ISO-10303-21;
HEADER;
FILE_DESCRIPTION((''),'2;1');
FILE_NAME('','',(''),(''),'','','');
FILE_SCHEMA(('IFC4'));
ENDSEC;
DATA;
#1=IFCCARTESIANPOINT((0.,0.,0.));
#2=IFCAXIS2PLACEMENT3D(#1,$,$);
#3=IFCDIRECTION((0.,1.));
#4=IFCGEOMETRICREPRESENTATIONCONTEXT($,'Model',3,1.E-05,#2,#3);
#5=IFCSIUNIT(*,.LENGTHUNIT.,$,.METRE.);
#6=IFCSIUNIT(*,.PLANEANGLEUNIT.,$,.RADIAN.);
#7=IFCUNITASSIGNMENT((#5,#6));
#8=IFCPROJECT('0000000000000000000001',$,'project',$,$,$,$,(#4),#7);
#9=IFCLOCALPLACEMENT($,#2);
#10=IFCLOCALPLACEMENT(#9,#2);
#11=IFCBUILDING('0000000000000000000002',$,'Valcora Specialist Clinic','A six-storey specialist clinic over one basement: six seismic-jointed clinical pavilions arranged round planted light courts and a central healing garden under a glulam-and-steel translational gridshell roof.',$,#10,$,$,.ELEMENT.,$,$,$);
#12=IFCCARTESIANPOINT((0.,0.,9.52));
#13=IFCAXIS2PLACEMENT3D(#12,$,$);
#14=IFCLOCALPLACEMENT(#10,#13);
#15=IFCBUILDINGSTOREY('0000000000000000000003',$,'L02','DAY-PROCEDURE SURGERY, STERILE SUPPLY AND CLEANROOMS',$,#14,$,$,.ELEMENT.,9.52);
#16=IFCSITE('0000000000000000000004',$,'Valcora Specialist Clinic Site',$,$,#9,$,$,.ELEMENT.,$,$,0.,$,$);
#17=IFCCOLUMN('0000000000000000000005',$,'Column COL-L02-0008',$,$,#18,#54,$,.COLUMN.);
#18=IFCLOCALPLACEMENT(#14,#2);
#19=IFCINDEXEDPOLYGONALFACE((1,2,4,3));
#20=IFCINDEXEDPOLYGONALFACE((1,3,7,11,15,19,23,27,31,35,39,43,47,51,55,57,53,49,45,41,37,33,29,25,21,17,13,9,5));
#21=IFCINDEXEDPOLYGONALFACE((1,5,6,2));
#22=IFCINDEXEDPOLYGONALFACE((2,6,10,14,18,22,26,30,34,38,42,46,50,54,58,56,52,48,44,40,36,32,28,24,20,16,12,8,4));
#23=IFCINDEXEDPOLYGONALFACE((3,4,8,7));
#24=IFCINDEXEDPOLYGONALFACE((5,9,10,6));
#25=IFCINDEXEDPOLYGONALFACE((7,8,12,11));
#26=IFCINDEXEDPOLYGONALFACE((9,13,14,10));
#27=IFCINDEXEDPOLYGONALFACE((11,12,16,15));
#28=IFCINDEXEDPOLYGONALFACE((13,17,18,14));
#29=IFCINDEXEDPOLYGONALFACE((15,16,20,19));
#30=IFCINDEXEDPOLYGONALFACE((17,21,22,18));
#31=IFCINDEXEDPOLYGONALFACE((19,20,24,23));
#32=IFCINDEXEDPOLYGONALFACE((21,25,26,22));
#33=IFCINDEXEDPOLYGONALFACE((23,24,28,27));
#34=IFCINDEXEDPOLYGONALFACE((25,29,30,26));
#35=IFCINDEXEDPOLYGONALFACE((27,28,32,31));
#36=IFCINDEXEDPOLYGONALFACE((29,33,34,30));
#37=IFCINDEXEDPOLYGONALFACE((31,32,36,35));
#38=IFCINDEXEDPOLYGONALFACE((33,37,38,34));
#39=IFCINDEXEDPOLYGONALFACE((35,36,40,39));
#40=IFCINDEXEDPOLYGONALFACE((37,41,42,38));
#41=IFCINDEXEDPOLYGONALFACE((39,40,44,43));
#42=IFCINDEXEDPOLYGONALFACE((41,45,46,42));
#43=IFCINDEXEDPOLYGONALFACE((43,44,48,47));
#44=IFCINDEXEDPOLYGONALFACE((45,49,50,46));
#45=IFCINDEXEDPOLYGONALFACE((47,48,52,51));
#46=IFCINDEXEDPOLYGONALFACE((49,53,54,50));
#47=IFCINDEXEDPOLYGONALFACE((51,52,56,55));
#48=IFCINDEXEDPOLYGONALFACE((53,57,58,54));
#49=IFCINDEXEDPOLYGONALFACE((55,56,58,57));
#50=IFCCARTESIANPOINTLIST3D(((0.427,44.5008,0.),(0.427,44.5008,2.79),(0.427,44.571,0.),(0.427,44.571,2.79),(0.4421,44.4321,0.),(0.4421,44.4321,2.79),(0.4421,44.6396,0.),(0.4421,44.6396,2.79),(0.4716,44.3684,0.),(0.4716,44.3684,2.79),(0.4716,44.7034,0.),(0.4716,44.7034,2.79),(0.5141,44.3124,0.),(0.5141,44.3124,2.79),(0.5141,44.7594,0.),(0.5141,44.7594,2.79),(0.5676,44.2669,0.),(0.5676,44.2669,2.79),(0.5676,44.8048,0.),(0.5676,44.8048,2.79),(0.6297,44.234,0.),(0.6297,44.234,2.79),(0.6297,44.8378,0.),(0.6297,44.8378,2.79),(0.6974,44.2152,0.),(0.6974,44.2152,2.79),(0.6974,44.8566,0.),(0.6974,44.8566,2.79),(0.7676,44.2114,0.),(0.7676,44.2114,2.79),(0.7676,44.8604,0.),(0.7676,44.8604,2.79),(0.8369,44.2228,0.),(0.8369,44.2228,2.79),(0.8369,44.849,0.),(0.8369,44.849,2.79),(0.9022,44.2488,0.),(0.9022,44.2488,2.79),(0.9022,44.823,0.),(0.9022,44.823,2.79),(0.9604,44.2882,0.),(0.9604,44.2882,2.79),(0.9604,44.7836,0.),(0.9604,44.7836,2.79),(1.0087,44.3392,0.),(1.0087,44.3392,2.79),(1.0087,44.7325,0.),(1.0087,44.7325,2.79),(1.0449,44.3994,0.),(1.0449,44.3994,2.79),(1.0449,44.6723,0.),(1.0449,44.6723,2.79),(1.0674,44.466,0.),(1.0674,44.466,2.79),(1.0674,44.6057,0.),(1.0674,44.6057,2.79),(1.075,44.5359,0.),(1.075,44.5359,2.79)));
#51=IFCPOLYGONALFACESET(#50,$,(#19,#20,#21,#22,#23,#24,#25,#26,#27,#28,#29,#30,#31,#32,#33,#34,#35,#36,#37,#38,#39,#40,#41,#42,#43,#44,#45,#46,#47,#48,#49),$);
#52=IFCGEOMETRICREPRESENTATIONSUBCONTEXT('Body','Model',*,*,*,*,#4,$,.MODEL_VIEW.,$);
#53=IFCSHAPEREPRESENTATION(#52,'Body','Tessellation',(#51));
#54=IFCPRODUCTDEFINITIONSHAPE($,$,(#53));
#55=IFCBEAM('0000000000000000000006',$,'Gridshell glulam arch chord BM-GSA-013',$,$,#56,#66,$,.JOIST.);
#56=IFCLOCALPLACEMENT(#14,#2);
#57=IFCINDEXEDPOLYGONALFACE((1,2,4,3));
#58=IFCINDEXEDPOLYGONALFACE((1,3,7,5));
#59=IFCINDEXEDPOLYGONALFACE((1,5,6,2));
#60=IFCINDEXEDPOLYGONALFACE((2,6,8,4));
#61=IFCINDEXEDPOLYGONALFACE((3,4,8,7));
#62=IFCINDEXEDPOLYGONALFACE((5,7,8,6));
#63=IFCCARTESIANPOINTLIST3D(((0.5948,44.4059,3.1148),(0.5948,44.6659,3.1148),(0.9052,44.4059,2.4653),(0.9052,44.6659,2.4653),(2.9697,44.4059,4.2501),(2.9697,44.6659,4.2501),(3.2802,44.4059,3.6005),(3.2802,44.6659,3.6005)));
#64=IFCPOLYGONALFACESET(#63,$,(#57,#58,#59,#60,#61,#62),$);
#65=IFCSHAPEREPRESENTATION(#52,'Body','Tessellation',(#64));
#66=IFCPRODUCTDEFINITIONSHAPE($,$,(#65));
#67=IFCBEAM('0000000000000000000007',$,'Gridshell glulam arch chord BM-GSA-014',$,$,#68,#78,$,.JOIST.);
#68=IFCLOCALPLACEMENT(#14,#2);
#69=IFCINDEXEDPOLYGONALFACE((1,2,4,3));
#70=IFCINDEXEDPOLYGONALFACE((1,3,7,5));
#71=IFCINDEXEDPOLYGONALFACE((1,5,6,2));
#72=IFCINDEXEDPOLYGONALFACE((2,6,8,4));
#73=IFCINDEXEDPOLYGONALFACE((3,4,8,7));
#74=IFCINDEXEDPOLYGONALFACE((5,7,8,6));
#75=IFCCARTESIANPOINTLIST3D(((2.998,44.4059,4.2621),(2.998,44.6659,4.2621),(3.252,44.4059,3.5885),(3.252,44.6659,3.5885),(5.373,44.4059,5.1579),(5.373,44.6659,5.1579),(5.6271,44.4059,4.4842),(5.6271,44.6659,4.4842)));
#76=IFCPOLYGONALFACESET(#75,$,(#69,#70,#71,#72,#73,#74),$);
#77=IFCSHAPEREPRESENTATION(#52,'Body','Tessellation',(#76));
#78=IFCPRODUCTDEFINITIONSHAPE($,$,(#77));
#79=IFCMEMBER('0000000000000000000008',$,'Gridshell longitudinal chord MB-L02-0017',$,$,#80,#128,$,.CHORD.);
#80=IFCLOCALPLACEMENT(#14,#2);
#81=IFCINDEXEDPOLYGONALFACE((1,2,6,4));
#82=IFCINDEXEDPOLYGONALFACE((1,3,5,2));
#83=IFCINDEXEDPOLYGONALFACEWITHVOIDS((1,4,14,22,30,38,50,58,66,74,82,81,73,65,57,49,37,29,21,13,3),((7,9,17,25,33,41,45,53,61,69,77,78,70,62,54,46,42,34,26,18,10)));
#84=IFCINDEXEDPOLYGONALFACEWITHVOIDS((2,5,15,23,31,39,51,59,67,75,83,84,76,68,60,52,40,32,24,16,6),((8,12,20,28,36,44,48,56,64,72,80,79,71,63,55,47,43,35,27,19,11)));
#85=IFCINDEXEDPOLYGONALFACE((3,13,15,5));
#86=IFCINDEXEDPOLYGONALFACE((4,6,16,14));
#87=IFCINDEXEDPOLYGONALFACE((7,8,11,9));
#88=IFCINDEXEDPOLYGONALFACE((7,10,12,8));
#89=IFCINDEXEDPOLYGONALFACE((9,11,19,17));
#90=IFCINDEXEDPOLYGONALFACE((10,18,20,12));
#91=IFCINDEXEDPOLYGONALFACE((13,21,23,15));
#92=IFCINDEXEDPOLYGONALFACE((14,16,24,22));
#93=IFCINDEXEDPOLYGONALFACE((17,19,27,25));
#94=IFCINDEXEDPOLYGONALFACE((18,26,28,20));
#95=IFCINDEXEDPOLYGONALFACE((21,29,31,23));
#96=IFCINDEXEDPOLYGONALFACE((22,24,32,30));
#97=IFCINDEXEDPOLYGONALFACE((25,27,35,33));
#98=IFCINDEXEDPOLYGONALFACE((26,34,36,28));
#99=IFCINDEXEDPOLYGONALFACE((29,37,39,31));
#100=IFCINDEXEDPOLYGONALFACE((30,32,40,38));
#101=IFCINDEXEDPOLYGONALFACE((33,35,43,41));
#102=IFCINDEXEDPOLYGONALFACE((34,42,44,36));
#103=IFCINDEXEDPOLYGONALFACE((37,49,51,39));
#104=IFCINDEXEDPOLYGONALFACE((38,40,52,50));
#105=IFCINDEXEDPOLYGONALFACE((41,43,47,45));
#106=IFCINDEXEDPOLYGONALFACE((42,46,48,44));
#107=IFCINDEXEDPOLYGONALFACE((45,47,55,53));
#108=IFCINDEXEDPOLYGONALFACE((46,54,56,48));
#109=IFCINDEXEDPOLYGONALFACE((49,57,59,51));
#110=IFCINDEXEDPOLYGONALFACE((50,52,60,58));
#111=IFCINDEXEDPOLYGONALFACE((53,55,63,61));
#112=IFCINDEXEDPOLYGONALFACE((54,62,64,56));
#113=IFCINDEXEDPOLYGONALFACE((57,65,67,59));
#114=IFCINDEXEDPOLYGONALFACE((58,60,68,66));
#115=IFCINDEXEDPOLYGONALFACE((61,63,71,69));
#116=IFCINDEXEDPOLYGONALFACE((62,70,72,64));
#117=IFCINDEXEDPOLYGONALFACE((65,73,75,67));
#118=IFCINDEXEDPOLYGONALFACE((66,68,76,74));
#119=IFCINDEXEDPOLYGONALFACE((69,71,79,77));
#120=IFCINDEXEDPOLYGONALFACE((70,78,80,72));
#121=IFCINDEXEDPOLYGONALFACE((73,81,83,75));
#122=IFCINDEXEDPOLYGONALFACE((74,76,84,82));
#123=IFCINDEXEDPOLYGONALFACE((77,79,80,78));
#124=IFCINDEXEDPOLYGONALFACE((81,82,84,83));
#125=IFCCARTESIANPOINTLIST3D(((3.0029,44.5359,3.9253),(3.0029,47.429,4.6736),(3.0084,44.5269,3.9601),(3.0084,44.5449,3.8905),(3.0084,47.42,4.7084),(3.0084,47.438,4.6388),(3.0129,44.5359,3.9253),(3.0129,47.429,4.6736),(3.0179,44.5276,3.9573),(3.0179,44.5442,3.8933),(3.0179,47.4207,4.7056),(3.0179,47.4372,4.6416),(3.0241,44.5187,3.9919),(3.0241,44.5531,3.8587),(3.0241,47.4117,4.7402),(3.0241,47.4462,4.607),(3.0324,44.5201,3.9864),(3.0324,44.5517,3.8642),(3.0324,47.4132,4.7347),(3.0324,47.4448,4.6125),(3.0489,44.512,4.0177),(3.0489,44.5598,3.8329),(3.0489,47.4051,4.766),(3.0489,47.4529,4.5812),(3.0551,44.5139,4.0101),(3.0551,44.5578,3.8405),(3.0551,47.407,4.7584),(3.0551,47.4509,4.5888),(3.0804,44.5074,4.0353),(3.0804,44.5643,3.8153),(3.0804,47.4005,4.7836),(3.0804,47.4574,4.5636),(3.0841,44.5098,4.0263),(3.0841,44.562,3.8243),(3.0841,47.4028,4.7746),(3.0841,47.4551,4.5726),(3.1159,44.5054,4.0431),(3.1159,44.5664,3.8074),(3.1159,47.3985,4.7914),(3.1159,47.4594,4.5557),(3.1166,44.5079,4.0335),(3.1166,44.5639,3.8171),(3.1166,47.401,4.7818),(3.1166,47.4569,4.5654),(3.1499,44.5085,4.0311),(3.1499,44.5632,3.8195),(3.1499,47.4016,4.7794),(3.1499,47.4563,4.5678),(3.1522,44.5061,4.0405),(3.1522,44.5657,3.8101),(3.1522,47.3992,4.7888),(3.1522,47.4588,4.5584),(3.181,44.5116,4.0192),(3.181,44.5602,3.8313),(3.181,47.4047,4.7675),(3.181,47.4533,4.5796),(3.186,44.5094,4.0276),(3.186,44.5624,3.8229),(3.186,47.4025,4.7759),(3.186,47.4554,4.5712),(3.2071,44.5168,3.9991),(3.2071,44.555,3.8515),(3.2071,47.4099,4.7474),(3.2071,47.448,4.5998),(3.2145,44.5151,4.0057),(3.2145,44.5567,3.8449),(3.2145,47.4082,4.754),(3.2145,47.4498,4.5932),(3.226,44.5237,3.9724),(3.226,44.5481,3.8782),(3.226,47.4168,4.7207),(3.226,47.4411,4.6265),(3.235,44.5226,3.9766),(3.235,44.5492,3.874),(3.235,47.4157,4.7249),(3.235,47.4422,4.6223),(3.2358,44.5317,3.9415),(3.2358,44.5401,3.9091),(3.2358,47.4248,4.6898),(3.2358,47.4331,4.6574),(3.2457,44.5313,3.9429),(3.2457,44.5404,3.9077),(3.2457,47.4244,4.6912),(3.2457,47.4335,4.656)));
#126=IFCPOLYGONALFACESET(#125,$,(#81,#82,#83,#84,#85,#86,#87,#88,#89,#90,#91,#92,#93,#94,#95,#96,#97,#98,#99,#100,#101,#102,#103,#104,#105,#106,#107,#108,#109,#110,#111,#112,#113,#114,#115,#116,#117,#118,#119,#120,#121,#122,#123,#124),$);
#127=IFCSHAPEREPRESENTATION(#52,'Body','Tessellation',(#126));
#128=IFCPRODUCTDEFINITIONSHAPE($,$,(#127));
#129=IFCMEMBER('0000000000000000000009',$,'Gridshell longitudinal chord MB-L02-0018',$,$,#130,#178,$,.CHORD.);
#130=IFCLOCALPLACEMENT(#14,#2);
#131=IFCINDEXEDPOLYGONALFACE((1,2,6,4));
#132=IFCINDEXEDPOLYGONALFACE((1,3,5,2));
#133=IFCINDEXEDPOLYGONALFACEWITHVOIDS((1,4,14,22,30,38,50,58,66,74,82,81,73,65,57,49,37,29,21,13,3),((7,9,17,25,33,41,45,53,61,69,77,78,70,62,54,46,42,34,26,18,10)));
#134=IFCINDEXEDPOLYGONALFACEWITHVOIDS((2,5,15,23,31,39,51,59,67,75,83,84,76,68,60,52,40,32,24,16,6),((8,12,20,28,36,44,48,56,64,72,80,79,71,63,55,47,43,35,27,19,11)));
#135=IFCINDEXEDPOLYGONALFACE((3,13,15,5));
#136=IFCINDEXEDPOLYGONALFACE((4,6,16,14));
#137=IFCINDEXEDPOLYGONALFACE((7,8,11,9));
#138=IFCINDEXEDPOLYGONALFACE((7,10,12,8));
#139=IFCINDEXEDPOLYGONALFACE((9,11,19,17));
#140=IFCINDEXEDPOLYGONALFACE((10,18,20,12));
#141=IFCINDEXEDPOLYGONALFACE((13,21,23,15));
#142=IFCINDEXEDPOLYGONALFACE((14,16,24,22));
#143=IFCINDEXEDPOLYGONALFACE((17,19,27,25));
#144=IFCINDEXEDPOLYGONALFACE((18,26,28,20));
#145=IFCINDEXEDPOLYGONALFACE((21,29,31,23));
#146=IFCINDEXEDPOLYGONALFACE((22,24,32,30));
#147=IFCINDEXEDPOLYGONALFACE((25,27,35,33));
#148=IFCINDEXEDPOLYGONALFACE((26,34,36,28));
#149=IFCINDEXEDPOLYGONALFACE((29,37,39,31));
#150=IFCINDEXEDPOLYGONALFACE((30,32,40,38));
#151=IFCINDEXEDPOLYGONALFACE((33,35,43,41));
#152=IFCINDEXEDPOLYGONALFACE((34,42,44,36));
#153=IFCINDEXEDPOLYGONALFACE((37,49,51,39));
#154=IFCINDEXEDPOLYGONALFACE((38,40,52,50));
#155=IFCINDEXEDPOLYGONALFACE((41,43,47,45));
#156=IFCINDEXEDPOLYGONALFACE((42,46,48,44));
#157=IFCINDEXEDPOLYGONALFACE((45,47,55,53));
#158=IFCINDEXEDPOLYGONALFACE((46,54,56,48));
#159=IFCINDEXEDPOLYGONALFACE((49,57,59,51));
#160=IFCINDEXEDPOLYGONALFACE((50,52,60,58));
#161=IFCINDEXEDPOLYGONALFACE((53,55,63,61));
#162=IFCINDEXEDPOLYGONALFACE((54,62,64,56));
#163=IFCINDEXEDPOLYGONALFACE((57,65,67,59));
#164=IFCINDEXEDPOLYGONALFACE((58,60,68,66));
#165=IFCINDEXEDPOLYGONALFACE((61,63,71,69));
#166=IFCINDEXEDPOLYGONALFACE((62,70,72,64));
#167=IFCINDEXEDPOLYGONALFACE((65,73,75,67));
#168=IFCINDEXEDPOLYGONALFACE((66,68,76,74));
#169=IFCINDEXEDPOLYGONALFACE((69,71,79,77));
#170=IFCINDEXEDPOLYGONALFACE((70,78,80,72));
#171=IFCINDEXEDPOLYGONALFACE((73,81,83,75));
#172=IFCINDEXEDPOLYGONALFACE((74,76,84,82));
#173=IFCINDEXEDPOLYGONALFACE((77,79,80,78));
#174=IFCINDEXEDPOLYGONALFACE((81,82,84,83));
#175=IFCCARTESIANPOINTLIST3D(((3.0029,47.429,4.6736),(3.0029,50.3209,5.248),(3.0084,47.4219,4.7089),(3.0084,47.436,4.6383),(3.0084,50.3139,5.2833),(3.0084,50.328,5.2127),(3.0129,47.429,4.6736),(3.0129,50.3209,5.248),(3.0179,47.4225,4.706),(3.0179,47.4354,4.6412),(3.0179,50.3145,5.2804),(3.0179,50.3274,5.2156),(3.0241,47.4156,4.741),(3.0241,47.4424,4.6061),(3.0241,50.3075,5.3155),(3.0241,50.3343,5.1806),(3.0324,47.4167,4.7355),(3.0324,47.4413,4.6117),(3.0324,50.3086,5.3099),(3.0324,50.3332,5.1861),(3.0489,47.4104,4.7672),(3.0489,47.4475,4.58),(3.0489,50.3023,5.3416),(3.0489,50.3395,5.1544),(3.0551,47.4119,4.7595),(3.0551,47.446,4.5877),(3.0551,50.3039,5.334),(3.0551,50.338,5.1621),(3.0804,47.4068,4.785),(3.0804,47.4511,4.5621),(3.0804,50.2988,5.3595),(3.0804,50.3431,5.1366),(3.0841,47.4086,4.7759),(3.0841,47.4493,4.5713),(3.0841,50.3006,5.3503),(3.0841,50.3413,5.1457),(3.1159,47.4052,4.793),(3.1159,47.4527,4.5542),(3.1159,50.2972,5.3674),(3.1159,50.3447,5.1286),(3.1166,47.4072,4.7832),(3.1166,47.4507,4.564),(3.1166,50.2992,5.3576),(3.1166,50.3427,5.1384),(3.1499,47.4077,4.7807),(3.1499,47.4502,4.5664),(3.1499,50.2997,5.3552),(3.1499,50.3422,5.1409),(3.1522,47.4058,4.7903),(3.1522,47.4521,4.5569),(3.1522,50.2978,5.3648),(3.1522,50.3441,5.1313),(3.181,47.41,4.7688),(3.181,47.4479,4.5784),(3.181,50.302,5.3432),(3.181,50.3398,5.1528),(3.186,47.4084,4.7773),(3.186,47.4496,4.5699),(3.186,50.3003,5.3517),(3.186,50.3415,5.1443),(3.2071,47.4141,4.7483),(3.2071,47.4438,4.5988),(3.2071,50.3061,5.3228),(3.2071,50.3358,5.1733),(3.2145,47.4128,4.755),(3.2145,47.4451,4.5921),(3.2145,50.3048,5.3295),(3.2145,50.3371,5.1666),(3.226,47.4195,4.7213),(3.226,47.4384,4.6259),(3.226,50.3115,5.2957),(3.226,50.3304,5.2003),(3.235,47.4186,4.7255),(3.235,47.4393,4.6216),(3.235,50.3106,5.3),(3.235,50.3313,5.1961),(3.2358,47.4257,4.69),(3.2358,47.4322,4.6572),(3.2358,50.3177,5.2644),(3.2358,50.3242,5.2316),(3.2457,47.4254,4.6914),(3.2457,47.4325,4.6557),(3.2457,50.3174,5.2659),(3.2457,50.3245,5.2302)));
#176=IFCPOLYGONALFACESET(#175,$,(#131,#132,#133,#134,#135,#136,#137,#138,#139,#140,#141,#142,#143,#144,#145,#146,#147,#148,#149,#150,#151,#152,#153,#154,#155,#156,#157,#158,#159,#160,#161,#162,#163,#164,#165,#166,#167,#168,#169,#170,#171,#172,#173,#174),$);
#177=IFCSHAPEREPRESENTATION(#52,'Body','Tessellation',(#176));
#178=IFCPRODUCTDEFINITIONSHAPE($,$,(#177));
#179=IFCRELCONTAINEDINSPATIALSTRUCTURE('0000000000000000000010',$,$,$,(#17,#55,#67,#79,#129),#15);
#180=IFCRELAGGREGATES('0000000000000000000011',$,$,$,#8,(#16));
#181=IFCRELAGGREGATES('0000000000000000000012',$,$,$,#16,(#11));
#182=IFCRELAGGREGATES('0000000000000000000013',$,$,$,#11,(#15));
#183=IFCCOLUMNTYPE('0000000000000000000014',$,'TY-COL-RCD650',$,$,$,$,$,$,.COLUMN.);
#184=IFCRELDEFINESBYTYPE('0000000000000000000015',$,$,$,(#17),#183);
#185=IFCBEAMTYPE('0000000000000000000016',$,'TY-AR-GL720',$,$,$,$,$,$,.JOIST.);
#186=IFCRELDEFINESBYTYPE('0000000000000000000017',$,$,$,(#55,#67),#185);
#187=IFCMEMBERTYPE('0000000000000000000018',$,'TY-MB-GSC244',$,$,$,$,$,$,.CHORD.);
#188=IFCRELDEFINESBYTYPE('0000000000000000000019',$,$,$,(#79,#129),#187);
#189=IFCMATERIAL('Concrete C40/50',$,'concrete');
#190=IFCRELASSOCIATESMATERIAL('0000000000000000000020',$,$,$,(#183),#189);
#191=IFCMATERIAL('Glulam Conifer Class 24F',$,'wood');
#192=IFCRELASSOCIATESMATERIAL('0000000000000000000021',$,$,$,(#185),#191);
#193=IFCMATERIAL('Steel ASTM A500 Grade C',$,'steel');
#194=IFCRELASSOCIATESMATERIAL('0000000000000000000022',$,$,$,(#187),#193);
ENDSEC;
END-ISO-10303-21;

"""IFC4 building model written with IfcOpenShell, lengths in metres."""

from ifc_helpers import new_model, si_unit, direction, frame, origin, origin_2d, place, context, subcontext, project, spatial, rectangle, circle, hollow_circle, extrude, material, material_profile, profile_set, type_object, element, save


model = new_model("IFC4")

# Units and contexts
model_context = context("Model", 3, precision=1e-05, world=origin(), true_north=direction((0.0, 1.0)))
body_context = subcontext(model_context, "Body", "Model", "MODEL_VIEW")
ifc_project = project(units=[si_unit("LENGTHUNIT", "METRE"), si_unit("PLANEANGLEUNIT", "RADIAN")], contexts=[model_context])

# Site, building, storey
site_placement = place(None, origin())
site = spatial("IfcSite", under=ifc_project, at=site_placement, Name="Valcora Specialist Clinic Site", CompositionType="ELEMENT", RefElevation=0.0)
building_placement = place(site_placement, origin())
building = spatial("IfcBuilding", under=site, at=building_placement, Name="Valcora Specialist Clinic", Description="A six-storey specialist clinic over one basement: six seismic-jointed clinical pavilions arranged round planted light courts and a central healing garden under a glulam-and-steel translational gridshell roof.", CompositionType="ELEMENT")
storey_placement = place(building_placement, frame((0.0, 0.0, 9.52)))
storey = spatial("IfcBuildingStorey", under=building, at=storey_placement, Name="L02", Description="DAY-PROCEDURE SURGERY, STERILE SUPPLY AND CLEANROOMS", CompositionType="ELEMENT", Elevation=9.52)

# Column
ifc_material_1 = material(Name="Concrete C40/50", Category="concrete")
ifc_material_profile_1 = material_profile(ifc_material_1, circle(Radius=0.325, at=origin_2d()), Name="RC-COL-D650")
ifc_profile_set_1 = profile_set([ifc_material_profile_1], Name="Concrete C40/50")
column_type = type_object("IfcColumnType", Name="TY-COL-RCD650", PredefinedType="COLUMN", material=ifc_profile_set_1)
column_placement = place(storey_placement, frame((0.75, 44.5359, 0.0), z_axis=(0.0, 0.0, 1.0), x_axis=(1.0, 0.0, 0.0)))
element("IfcColumn", 1, at=column_placement, inside=storey, type_object=column_type, Name="Column COL-L02-0008", PredefinedType="COLUMN", context=body_context, shape_type="SweptSolid", body=[
    extrude(circle(Radius=0.325, at=origin_2d()), origin(), (0.0, 0.0, 1.0), 2.79),
])

# Beams
ifc_material_2 = material(Name="Glulam Conifer Class 24F", Category="wood")
ifc_material_profile_2 = material_profile(ifc_material_2, rectangle(XDim=0.26, YDim=0.72, at=origin_2d()), Name="GL-ARC-260X720")
ifc_profile_set_2 = profile_set([ifc_material_profile_2], Name="Glulam Conifer Class 24F")
beam_type = type_object("IfcBeamType", Name="TY-AR-GL720", PredefinedType="JOIST", material=ifc_profile_set_2)
beam_1_placement = place(storey_placement, frame((0.75, 44.5359, 2.79), z_axis=(0.902225, 0.0, 0.431265), x_axis=(0.0, 1.0, 0.0)))
element("IfcBeam", 2, at=beam_1_placement, inside=storey, type_object=beam_type, Name="Gridshell glulam arch chord BM-GSA-013", PredefinedType="JOIST", context=body_context, shape_type="SweptSolid", body=[
    extrude(rectangle(XDim=0.26, YDim=0.72, at=origin_2d()), origin(), (0.0, 0.0, 1.0), 2.6323),
])
beam_2_placement = place(storey_placement, frame((3.125, 44.5359, 3.9253), z_axis=(0.935663, 0.0, 0.352894), x_axis=(0.0, 1.0, 0.0)))
element("IfcBeam", 3, at=beam_2_placement, inside=storey, type_object=beam_type, Name="Gridshell glulam arch chord BM-GSA-014", PredefinedType="JOIST", context=body_context, shape_type="SweptSolid", body=[
    extrude(rectangle(XDim=0.26, YDim=0.72, at=origin_2d()), origin(), (0.0, 0.0, 1.0), 2.5383),
])

# Members
ifc_material_3 = material(Name="Steel ASTM A500 Grade C", Category="steel")
ifc_material_profile_3 = material_profile(ifc_material_3, hollow_circle(Radius=0.1221, WallThickness=0.01, at=origin_2d()), Name="ST-CHS-244X10")
ifc_profile_set_3 = profile_set([ifc_material_profile_3], Name="Steel ASTM A500 Grade C")
member_type_1 = type_object("IfcMemberType", Name="TY-MB-GSC244", PredefinedType="CHORD", material=ifc_profile_set_3)
member_1_placement = place(storey_placement, frame((3.125, 44.5359, 3.9253), z_axis=(0.0, 0.96814, 0.250409), x_axis=(-1.0, 0.0, 0.0)))
element("IfcMember", 4, at=member_1_placement, inside=storey, type_object=member_type_1, Name="Gridshell longitudinal chord MB-L02-0017", PredefinedType="CHORD", context=body_context, shape_type="SweptSolid", body=[
    extrude(hollow_circle(Radius=0.1221, WallThickness=0.01, at=origin_2d()), origin(), (0.0, 0.0, 1.0), 2.9883),
])
member_2_placement = place(storey_placement, frame((3.125, 47.429, 4.6736), z_axis=(0.0, 0.980838, 0.194826), x_axis=(-1.0, 0.0, 0.0)))
element("IfcMember", 5, at=member_2_placement, inside=storey, type_object=member_type_1, Name="Gridshell longitudinal chord MB-L02-0018", PredefinedType="CHORD", context=body_context, shape_type="SweptSolid", body=[
    extrude(hollow_circle(Radius=0.1221, WallThickness=0.01, at=origin_2d()), origin(), (0.0, 0.0, 1.0), 2.9485),
])

save(model, "model.ifc")
